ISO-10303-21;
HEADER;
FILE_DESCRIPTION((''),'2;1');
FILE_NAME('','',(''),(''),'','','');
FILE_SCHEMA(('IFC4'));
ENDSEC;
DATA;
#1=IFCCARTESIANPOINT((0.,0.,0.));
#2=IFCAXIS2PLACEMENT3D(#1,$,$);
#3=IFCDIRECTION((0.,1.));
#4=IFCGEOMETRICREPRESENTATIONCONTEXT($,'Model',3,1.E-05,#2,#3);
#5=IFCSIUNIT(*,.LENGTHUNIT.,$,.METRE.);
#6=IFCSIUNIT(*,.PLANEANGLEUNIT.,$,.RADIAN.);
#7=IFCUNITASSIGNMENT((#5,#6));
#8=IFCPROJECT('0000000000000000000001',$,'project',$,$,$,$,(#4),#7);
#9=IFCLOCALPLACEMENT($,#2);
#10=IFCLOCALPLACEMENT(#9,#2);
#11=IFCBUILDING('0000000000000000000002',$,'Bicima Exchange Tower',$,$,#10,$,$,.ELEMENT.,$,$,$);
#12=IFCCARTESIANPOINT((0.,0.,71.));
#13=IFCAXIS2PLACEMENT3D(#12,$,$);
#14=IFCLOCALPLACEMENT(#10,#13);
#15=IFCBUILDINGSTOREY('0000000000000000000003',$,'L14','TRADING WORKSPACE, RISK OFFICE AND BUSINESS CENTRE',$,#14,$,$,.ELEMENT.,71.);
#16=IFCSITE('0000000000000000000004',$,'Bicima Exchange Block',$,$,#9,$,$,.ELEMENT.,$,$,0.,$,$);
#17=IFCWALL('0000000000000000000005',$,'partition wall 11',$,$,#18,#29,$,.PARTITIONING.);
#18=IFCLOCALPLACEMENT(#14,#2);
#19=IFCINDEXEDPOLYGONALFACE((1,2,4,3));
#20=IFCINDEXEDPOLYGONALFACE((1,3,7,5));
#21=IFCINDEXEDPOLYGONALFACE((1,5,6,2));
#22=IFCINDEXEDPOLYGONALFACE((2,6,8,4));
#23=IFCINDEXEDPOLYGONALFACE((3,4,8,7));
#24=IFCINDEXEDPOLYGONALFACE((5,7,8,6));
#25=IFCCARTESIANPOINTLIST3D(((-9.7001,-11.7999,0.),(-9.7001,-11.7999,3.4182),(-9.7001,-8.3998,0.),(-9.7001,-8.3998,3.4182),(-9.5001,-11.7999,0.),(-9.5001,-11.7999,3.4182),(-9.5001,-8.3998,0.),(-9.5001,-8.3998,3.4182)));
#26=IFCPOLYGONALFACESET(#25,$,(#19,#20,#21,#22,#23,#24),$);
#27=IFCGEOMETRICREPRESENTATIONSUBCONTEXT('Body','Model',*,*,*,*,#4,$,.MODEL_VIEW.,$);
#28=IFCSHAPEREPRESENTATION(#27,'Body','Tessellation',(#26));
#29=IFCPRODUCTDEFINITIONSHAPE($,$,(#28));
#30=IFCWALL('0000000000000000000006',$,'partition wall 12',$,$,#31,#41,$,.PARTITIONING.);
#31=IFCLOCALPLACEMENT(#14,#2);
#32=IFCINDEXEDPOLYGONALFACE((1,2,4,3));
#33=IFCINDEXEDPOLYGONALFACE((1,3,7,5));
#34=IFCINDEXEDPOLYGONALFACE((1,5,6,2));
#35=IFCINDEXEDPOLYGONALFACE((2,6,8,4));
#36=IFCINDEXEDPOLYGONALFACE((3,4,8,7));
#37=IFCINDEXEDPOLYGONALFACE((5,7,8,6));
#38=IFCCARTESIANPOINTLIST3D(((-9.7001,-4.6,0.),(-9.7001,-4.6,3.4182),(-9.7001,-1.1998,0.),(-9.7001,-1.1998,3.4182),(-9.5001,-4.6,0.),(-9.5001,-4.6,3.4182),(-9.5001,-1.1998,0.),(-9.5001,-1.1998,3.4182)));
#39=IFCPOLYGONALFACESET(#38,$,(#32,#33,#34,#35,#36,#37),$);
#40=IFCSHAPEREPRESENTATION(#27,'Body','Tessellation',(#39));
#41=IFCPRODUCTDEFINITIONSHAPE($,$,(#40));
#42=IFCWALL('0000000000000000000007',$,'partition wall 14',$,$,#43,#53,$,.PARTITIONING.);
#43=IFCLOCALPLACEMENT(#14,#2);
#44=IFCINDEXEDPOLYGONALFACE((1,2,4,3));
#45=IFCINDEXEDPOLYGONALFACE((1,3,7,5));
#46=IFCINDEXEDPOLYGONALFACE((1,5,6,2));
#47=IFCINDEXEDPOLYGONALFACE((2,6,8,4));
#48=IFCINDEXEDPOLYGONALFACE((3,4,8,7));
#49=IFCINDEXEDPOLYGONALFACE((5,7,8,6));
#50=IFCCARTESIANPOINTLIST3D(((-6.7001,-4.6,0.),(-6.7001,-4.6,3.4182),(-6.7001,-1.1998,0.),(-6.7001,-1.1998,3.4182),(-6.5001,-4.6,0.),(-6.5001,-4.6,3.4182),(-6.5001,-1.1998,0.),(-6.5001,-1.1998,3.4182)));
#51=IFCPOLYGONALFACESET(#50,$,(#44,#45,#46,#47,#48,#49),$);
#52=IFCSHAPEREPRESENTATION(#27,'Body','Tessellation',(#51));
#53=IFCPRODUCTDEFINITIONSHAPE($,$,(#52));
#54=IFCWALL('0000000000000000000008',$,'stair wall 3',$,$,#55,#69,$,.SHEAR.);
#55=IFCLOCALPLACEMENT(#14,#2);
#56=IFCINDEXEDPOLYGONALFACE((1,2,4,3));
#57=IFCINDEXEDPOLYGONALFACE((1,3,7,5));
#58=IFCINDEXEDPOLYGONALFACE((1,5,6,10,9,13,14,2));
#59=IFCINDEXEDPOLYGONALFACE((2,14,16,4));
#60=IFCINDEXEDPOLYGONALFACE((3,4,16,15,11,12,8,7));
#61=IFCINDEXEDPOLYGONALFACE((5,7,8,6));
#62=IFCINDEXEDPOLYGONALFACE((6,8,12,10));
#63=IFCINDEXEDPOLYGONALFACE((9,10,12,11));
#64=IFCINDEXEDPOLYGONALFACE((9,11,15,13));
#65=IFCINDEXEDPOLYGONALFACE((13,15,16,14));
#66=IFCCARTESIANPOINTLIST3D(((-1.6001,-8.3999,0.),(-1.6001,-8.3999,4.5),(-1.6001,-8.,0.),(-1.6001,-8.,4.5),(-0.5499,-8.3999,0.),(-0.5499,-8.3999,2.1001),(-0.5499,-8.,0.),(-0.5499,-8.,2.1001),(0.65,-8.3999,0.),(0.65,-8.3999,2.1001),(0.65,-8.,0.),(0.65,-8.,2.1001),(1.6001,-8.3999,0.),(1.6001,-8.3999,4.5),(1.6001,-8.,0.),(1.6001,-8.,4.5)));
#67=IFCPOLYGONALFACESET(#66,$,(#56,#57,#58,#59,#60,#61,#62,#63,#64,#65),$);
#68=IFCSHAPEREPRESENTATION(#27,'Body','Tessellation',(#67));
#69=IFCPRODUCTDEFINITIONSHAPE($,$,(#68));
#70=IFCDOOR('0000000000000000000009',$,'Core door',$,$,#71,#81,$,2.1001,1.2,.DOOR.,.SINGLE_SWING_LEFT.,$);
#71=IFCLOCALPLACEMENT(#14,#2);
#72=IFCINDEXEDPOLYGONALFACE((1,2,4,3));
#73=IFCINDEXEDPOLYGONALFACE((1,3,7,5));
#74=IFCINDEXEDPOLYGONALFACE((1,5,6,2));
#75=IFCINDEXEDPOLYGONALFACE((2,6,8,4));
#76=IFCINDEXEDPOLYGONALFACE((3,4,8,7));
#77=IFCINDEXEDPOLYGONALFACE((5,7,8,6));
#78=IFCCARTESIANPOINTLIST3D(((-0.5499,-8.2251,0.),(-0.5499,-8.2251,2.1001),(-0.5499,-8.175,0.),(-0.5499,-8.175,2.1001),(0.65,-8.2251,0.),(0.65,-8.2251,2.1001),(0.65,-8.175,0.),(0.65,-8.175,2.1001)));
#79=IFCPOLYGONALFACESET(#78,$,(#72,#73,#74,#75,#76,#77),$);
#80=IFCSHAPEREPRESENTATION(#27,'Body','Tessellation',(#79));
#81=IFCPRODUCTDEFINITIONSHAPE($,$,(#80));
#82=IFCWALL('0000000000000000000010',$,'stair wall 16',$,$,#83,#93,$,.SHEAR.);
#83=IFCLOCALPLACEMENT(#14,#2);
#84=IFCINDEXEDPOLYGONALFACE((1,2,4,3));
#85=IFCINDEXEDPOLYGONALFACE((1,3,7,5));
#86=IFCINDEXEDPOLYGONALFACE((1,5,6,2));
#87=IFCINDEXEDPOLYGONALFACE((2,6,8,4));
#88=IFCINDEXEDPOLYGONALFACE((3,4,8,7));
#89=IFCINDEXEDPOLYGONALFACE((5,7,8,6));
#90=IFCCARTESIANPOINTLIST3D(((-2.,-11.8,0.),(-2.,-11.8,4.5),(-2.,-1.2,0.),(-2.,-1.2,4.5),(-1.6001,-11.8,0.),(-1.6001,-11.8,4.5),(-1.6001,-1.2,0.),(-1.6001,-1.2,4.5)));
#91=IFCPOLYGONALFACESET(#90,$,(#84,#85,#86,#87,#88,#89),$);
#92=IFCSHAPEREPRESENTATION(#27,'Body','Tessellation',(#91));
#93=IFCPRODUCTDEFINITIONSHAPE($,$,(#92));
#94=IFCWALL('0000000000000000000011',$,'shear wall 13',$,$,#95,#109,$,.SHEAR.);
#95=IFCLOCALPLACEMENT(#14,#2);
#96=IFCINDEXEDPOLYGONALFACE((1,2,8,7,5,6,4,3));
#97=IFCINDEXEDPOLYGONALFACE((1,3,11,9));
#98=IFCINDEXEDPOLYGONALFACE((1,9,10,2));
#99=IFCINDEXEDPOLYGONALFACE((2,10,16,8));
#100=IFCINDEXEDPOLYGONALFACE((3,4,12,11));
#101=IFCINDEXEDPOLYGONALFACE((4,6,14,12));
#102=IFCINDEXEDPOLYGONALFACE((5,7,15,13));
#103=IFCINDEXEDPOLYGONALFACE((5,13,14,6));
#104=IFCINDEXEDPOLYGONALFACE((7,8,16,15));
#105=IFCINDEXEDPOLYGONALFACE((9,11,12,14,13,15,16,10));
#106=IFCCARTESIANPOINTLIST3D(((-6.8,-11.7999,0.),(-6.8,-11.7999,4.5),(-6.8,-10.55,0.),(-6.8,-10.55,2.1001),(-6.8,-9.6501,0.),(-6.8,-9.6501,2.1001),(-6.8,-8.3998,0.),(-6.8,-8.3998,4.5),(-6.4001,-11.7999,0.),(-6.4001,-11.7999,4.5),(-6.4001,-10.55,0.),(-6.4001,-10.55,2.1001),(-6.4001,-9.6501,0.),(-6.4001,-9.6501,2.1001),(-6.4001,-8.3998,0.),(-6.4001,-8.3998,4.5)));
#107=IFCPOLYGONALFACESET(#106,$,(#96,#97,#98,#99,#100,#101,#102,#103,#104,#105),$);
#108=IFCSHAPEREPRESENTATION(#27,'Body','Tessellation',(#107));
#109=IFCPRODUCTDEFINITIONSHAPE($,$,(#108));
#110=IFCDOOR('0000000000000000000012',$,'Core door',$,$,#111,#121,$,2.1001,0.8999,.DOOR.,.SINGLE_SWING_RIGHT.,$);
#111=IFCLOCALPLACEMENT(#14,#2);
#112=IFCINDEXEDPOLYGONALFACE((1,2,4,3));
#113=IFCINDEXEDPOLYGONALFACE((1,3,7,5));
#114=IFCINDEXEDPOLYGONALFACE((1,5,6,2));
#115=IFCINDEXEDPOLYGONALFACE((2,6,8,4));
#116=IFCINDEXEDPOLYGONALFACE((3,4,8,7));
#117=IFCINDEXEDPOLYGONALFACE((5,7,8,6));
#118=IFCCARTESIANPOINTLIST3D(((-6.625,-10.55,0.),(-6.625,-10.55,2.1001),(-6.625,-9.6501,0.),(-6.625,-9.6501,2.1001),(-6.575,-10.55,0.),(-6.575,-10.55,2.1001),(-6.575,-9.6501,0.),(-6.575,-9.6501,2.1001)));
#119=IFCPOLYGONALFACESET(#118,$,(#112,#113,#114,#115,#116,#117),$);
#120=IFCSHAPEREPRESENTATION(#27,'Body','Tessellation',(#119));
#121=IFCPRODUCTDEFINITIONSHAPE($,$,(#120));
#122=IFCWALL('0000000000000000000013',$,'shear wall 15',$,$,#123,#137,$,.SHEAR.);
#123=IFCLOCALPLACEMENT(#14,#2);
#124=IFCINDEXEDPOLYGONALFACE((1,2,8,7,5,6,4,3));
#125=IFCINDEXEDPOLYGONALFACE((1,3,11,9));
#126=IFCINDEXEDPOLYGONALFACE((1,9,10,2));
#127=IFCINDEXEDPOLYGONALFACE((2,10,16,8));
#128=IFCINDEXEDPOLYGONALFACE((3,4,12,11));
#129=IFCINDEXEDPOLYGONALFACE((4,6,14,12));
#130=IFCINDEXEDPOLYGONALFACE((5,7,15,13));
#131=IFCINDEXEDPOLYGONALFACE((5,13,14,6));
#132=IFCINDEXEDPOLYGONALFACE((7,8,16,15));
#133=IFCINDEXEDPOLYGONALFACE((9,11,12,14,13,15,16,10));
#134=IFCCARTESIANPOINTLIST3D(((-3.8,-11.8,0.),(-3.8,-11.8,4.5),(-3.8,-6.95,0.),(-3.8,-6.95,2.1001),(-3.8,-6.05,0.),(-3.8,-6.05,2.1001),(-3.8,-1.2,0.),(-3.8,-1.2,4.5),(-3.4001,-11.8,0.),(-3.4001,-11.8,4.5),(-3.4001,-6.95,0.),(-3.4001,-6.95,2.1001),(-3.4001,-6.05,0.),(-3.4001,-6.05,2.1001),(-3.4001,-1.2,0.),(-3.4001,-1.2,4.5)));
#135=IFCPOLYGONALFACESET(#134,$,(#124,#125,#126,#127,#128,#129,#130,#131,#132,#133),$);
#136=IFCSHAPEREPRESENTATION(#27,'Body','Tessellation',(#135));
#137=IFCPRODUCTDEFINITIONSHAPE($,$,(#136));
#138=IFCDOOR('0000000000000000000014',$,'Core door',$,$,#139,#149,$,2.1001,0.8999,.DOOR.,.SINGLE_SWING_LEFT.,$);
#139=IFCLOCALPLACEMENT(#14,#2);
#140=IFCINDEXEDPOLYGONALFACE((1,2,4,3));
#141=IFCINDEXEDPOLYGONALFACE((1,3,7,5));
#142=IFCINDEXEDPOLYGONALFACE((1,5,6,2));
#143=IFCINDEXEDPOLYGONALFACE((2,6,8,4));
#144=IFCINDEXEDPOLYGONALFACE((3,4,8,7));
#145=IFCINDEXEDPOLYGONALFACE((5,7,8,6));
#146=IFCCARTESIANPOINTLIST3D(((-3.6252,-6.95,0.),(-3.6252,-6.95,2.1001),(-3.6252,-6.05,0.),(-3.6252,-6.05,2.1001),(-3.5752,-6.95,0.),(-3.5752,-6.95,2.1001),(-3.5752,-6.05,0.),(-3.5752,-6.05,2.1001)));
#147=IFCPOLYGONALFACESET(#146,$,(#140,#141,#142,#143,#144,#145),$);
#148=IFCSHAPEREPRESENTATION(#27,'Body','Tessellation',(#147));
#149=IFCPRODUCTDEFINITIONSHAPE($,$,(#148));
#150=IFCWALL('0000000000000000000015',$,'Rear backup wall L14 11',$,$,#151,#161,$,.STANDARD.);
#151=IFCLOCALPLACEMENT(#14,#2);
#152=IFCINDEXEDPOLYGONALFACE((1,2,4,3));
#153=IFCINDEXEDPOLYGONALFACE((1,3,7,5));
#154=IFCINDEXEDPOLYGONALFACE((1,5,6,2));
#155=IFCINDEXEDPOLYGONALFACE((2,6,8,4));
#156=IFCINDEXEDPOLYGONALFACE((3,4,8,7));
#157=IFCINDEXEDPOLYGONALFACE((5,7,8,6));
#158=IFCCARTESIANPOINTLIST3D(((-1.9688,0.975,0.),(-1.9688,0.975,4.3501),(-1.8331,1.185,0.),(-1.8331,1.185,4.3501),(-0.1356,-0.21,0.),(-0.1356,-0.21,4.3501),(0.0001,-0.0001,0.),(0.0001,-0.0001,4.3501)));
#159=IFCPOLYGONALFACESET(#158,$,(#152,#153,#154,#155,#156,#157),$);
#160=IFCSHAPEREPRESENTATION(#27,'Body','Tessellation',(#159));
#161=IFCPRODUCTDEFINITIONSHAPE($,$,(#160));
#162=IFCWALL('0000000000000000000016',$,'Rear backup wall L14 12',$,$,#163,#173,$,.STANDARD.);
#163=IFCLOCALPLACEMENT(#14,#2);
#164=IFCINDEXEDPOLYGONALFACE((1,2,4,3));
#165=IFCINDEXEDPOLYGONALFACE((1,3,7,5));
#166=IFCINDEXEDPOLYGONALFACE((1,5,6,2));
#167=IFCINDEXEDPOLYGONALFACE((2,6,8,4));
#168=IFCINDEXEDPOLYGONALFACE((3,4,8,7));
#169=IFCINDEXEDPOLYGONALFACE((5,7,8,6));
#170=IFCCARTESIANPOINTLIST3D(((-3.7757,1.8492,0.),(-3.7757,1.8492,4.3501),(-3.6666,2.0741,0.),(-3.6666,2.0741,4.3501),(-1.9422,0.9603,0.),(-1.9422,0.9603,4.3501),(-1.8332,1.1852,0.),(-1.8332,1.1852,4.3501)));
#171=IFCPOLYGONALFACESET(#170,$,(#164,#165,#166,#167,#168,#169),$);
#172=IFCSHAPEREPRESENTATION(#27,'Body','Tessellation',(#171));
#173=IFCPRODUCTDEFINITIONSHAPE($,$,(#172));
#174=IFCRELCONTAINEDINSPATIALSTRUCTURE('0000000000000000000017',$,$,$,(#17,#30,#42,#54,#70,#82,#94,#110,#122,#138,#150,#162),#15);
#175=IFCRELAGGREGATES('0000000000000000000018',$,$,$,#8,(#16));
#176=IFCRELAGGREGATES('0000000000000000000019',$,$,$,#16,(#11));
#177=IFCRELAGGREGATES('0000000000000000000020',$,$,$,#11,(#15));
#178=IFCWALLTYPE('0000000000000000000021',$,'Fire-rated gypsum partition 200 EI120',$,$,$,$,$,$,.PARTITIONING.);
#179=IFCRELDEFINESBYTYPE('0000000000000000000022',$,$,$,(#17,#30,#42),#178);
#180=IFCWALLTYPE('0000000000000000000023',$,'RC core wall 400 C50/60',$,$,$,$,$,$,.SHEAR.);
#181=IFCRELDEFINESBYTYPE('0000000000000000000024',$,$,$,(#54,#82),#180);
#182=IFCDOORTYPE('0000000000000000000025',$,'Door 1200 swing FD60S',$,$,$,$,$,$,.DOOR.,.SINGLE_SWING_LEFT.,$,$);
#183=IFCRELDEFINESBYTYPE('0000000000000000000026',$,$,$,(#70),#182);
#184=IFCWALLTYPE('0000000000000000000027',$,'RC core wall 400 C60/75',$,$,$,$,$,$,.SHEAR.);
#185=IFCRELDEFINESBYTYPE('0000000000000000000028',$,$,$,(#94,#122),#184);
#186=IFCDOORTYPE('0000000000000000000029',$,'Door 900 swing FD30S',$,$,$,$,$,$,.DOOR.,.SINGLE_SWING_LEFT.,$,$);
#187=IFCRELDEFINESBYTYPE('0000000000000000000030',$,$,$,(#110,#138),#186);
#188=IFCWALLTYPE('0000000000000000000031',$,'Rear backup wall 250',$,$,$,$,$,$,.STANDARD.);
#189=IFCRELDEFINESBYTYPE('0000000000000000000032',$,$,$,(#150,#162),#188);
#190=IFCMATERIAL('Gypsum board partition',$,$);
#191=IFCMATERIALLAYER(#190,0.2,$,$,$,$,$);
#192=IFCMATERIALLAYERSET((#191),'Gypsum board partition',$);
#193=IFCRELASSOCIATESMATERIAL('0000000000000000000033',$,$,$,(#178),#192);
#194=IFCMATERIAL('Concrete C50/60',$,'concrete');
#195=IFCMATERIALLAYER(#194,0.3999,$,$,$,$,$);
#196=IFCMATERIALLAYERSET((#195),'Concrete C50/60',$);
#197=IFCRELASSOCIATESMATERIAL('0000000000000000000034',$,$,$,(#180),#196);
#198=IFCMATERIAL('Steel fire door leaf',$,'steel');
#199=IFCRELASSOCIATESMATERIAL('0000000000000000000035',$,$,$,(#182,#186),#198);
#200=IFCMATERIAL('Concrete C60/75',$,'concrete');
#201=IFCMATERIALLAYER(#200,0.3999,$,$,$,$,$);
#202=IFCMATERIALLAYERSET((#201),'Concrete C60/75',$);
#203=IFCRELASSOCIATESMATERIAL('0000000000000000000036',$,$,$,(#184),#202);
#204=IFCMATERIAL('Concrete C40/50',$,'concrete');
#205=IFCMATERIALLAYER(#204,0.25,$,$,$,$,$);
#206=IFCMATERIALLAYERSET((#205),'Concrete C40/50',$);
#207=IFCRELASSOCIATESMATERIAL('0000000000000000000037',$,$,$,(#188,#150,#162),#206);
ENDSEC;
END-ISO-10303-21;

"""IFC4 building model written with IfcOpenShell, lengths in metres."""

from ifc_helpers import new_model, si_unit, direction, frame, frame_2d, origin, place, context, subcontext, project, spatial, rectangle, extrude, material, layer, layer_set, layer_usage, type_object, element, fill, save


model = new_model("IFC4")

# Units and contexts
model_context = context("Model", 3, precision=1e-05, world=origin(), true_north=direction((0.0, 1.0)))
body_context = subcontext(model_context, "Body", "Model", "MODEL_VIEW")
ifc_project = project(units=[si_unit("LENGTHUNIT", "METRE"), si_unit("PLANEANGLEUNIT", "RADIAN")], contexts=[model_context])

# Site, building, storey
site_placement = place(None, origin())
site = spatial("IfcSite", under=ifc_project, at=site_placement, Name="Bicima Exchange Block", CompositionType="ELEMENT", RefElevation=0.0)
building_placement = place(site_placement, origin())
building = spatial("IfcBuilding", under=site, at=building_placement, Name="Bicima Exchange Tower", CompositionType="ELEMENT")
storey_placement = place(building_placement, frame((0.0, 0.0, 71.0)))
storey = spatial("IfcBuildingStorey", under=building, at=storey_placement, Name="L14", Description="TRADING WORKSPACE, RISK OFFICE AND BUSINESS CENTRE", CompositionType="ELEMENT", Elevation=71.0)

# Shared definitions
ifc_material_1 = material(Name="Concrete C40/50", Category="concrete")

# Walls
ifc_material_2 = material(Name="Gypsum board partition")
ifc_layer_1 = layer(ifc_material_2, 0.2)
ifc_layer_set_1 = layer_set([ifc_layer_1], Name="Gypsum board partition")
wall_type_1 = type_object("IfcWallType", Name="Fire-rated gypsum partition 200 EI120", PredefinedType="PARTITIONING", material=ifc_layer_set_1)
for number, where, z_axis, x_axis, name in (
    (1, (-9.6001, -11.8, 0.0), (0.0, 0.0, 1.0), (0.0, 1.0, 0.0), "partition wall 11"),
    (2, (-9.6001, -4.6001, 0.0), (0.0, 0.0, 1.0), (0.0, 1.0, 0.0), "partition wall 12"),
    (3, (-6.6001, -4.6001, 0.0), (0.0, 0.0, 1.0), (0.0, 1.0, 0.0), "partition wall 14"),
):
    element("IfcWall", number, at=place(storey_placement, frame(where, z_axis=z_axis, x_axis=x_axis)), inside=storey, type_object=wall_type_1, Name=name, PredefinedType="PARTITIONING", context=body_context, shape_type="SweptSolid", body=[
        extrude(rectangle(XDim=3.4001, YDim=0.2, at=frame_2d((1.7002, 0.0))), origin(), (0.0, 0.0, 1.0), 3.4182),
    ])

# Wall, opening, door
ifc_material_3 = material(Name="Concrete C50/60", Category="concrete")
ifc_layer_2 = layer(ifc_material_3, 0.3999)
ifc_layer_set_2 = layer_set([ifc_layer_2], Name="Concrete C50/60")
wall_type_2 = type_object("IfcWallType", Name="RC core wall 400 C50/60", PredefinedType="SHEAR", material=ifc_layer_set_2)
wall_1_placement = place(storey_placement, frame((-1.6001, -8.2, 0.0), z_axis=(0.0, 0.0, 1.0), x_axis=(1.0, 0.0, 0.0)))
wall_1 = element("IfcWall", 4, at=wall_1_placement, inside=storey, type_object=wall_type_2, Name="stair wall 3", PredefinedType="SHEAR", context=body_context, shape_type="SweptSolid", body=[
    extrude(rectangle(XDim=3.2002, YDim=0.3999, at=frame_2d((1.6001, 0.0))), origin(), (0.0, 0.0, 1.0), 4.5),
])
opening_1_placement = place(wall_1_placement, frame((1.05, 0.0, 0.0)))
opening_1 = element("IfcOpeningElement", 5, at=opening_1_placement, cuts=wall_1, PredefinedType="OPENING", context=body_context, shape_type="SweptSolid", body=[
    extrude(rectangle(XDim=1.2, YDim=2.1001, at=frame_2d((0.6001, 1.05))), frame((0.0, 0.2119, 0.0), z_axis=(0.0, -1.0, 0.0), x_axis=(1.0, 0.0, 0.0)), (0.0, 0.0, 1.0), 0.4238),
])
ifc_material_4 = material(Name="Steel fire door leaf", Category="steel")
door_type_1 = type_object("IfcDoorType", Name="Door 1200 swing FD60S", OperationType="SINGLE_SWING_LEFT", PredefinedType="DOOR", material=ifc_material_4)
door_1_placement = place(opening_1_placement, origin())
door_1 = element("IfcDoor", 6, at=door_1_placement, inside=storey, type_object=door_type_1, Name="Core door", OperationType="SINGLE_SWING_LEFT", OverallHeight=2.1001, OverallWidth=1.2, PredefinedType="DOOR", context=body_context, shape_type="SweptSolid", body=[
    extrude(rectangle(XDim=1.2, YDim=2.1001, at=frame_2d((0.6001, 1.05))), frame((0.0, 0.0249, 0.0), z_axis=(0.0, -1.0, 0.0), x_axis=(1.0, 0.0, 0.0)), (0.0, 0.0, 1.0), 0.05),
])
fill(opening_1, door_1)

# Wall
wall_2_placement = place(storey_placement, frame((-1.8, -11.8, 0.0), z_axis=(0.0, 0.0, 1.0), x_axis=(0.0, 1.0, 0.0)))
element("IfcWall", 7, at=wall_2_placement, inside=storey, type_object=wall_type_2, Name="stair wall 16", PredefinedType="SHEAR", context=body_context, shape_type="SweptSolid", body=[
    extrude(rectangle(XDim=10.6001, YDim=0.3999, at=frame_2d((5.3, 0.0))), origin(), (0.0, 0.0, 1.0), 4.5),
])

# Walls, openings, doors
ifc_material_5 = material(Name="Concrete C60/75", Category="concrete")
ifc_layer_3 = layer(ifc_material_5, 0.3999)
ifc_layer_set_3 = layer_set([ifc_layer_3], Name="Concrete C60/75")
wall_type_3 = type_object("IfcWallType", Name="RC core wall 400 C60/75", PredefinedType="SHEAR", material=ifc_layer_set_3)
wall_3_placement = place(storey_placement, frame((-6.6001, -11.8, 0.0), z_axis=(0.0, 0.0, 1.0), x_axis=(0.0, 1.0, 0.0)))
wall_3 = element("IfcWall", 8, at=wall_3_placement, inside=storey, type_object=wall_type_3, Name="shear wall 13", PredefinedType="SHEAR", context=body_context, shape_type="SweptSolid", body=[
    extrude(rectangle(XDim=3.4001, YDim=0.3999, at=frame_2d((1.7002, 0.0))), origin(), (0.0, 0.0, 1.0), 4.5),
])
opening_2_placement = place(wall_3_placement, frame((1.25, 0.0, 0.0)))
opening_2 = element("IfcOpeningElement", 9, at=opening_2_placement, cuts=wall_3, PredefinedType="OPENING", context=body_context, shape_type="SweptSolid", body=[
    extrude(rectangle(XDim=0.8999, YDim=2.1001, at=frame_2d((0.45, 1.05))), frame((0.0, 0.2119, 0.0), z_axis=(0.0, -1.0, 0.0), x_axis=(1.0, 0.0, 0.0)), (0.0, 0.0, 1.0), 0.4238),
])
door_type_2 = type_object("IfcDoorType", Name="Door 900 swing FD30S", OperationType="SINGLE_SWING_LEFT", PredefinedType="DOOR", material=ifc_material_4)
door_2_placement = place(opening_2_placement, origin())
door_2 = element("IfcDoor", 10, at=door_2_placement, inside=storey, type_object=door_type_2, Name="Core door", OperationType="SINGLE_SWING_RIGHT", OverallHeight=2.1001, OverallWidth=0.8999, PredefinedType="DOOR", context=body_context, shape_type="SweptSolid", body=[
    extrude(rectangle(XDim=0.8999, YDim=2.1001, at=frame_2d((0.45, 1.05))), frame((0.0, 0.0249, 0.0), z_axis=(0.0, -1.0, 0.0), x_axis=(1.0, 0.0, 0.0)), (0.0, 0.0, 1.0), 0.05),
])
fill(opening_2, door_2)
wall_4_placement = place(storey_placement, frame((-3.6001, -11.8, 0.0), z_axis=(0.0, 0.0, 1.0), x_axis=(0.0, 1.0, 0.0)))
wall_4 = element("IfcWall", 11, at=wall_4_placement, inside=storey, type_object=wall_type_3, Name="shear wall 15", PredefinedType="SHEAR", context=body_context, shape_type="SweptSolid", body=[
    extrude(rectangle(XDim=10.6001, YDim=0.3999, at=frame_2d((5.3, 0.0))), origin(), (0.0, 0.0, 1.0), 4.5),
])
opening_3_placement = place(wall_4_placement, frame((4.8501, 0.0, 0.0)))
opening_3 = element("IfcOpeningElement", 12, at=opening_3_placement, cuts=wall_4, PredefinedType="OPENING", context=body_context, shape_type="SweptSolid", body=[
    extrude(rectangle(XDim=0.8999, YDim=2.1001, at=frame_2d((0.45, 1.05))), frame((0.0, 0.2119, 0.0), z_axis=(0.0, -1.0, 0.0), x_axis=(1.0, 0.0, 0.0)), (0.0, 0.0, 1.0), 0.4238),
])
door_3_placement = place(opening_3_placement, frame((0.8999, 0.0, 0.0), z_axis=(0.0, 0.0, 1.0), x_axis=(-1.0, 0.0, 0.0)))
door_3 = element("IfcDoor", 13, at=door_3_placement, inside=storey, type_object=door_type_2, Name="Core door", OperationType="SINGLE_SWING_LEFT", OverallHeight=2.1001, OverallWidth=0.8999, PredefinedType="DOOR", context=body_context, shape_type="SweptSolid", body=[
    extrude(rectangle(XDim=0.8999, YDim=2.1001, at=frame_2d((0.45, 1.05))), frame((0.0, 0.0249, 0.0), z_axis=(0.0, -1.0, 0.0), x_axis=(1.0, 0.0, 0.0)), (0.0, 0.0, 1.0), 0.05),
])
fill(opening_3, door_3)

# Walls
ifc_layer_4 = layer(ifc_material_1, 0.25)
ifc_layer_set_4 = layer_set([ifc_layer_4], Name="Concrete C40/50")
ifc_layer_usage = layer_usage(ifc_layer_set_4, "AXIS2", "POSITIVE", -0.125)
wall_type_4 = type_object("IfcWallType", Name="Rear backup wall 250", PredefinedType="STANDARD", material=ifc_layer_set_4)
wall_5_placement = place(storey_placement, frame((-0.0679, -0.105, 0.0), z_axis=(0.0, 0.0, 1.0), x_axis=(-0.839813, 0.542876, 0.0)))
element("IfcWall", 14, at=wall_5_placement, inside=storey, type_object=wall_type_4, material=ifc_layer_usage, Name="Rear backup wall L14 11", PredefinedType="STANDARD", context=body_context, shape_type="SweptSolid", body=[
    extrude(rectangle(XDim=2.1829, YDim=0.25, at=frame_2d((1.0913, 0.0))), origin(), (0.0, 0.0, 1.0), 4.3501),
])
wall_6_placement = place(storey_placement, frame((-1.8877, 1.0728, 0.0), z_axis=(0.0, 0.0, 1.0), x_axis=(-0.899824, 0.436253, 0.0)))
element("IfcWall", 15, at=wall_6_placement, inside=storey, type_object=wall_type_4, material=ifc_layer_usage, Name="Rear backup wall L14 12", PredefinedType="STANDARD", context=body_context, shape_type="SweptSolid", body=[
    extrude(rectangle(XDim=2.0376, YDim=0.25, at=frame_2d((1.0188, 0.0))), origin(), (0.0, 0.0, 1.0), 4.3501),
])

save(model, "model.ifc")
